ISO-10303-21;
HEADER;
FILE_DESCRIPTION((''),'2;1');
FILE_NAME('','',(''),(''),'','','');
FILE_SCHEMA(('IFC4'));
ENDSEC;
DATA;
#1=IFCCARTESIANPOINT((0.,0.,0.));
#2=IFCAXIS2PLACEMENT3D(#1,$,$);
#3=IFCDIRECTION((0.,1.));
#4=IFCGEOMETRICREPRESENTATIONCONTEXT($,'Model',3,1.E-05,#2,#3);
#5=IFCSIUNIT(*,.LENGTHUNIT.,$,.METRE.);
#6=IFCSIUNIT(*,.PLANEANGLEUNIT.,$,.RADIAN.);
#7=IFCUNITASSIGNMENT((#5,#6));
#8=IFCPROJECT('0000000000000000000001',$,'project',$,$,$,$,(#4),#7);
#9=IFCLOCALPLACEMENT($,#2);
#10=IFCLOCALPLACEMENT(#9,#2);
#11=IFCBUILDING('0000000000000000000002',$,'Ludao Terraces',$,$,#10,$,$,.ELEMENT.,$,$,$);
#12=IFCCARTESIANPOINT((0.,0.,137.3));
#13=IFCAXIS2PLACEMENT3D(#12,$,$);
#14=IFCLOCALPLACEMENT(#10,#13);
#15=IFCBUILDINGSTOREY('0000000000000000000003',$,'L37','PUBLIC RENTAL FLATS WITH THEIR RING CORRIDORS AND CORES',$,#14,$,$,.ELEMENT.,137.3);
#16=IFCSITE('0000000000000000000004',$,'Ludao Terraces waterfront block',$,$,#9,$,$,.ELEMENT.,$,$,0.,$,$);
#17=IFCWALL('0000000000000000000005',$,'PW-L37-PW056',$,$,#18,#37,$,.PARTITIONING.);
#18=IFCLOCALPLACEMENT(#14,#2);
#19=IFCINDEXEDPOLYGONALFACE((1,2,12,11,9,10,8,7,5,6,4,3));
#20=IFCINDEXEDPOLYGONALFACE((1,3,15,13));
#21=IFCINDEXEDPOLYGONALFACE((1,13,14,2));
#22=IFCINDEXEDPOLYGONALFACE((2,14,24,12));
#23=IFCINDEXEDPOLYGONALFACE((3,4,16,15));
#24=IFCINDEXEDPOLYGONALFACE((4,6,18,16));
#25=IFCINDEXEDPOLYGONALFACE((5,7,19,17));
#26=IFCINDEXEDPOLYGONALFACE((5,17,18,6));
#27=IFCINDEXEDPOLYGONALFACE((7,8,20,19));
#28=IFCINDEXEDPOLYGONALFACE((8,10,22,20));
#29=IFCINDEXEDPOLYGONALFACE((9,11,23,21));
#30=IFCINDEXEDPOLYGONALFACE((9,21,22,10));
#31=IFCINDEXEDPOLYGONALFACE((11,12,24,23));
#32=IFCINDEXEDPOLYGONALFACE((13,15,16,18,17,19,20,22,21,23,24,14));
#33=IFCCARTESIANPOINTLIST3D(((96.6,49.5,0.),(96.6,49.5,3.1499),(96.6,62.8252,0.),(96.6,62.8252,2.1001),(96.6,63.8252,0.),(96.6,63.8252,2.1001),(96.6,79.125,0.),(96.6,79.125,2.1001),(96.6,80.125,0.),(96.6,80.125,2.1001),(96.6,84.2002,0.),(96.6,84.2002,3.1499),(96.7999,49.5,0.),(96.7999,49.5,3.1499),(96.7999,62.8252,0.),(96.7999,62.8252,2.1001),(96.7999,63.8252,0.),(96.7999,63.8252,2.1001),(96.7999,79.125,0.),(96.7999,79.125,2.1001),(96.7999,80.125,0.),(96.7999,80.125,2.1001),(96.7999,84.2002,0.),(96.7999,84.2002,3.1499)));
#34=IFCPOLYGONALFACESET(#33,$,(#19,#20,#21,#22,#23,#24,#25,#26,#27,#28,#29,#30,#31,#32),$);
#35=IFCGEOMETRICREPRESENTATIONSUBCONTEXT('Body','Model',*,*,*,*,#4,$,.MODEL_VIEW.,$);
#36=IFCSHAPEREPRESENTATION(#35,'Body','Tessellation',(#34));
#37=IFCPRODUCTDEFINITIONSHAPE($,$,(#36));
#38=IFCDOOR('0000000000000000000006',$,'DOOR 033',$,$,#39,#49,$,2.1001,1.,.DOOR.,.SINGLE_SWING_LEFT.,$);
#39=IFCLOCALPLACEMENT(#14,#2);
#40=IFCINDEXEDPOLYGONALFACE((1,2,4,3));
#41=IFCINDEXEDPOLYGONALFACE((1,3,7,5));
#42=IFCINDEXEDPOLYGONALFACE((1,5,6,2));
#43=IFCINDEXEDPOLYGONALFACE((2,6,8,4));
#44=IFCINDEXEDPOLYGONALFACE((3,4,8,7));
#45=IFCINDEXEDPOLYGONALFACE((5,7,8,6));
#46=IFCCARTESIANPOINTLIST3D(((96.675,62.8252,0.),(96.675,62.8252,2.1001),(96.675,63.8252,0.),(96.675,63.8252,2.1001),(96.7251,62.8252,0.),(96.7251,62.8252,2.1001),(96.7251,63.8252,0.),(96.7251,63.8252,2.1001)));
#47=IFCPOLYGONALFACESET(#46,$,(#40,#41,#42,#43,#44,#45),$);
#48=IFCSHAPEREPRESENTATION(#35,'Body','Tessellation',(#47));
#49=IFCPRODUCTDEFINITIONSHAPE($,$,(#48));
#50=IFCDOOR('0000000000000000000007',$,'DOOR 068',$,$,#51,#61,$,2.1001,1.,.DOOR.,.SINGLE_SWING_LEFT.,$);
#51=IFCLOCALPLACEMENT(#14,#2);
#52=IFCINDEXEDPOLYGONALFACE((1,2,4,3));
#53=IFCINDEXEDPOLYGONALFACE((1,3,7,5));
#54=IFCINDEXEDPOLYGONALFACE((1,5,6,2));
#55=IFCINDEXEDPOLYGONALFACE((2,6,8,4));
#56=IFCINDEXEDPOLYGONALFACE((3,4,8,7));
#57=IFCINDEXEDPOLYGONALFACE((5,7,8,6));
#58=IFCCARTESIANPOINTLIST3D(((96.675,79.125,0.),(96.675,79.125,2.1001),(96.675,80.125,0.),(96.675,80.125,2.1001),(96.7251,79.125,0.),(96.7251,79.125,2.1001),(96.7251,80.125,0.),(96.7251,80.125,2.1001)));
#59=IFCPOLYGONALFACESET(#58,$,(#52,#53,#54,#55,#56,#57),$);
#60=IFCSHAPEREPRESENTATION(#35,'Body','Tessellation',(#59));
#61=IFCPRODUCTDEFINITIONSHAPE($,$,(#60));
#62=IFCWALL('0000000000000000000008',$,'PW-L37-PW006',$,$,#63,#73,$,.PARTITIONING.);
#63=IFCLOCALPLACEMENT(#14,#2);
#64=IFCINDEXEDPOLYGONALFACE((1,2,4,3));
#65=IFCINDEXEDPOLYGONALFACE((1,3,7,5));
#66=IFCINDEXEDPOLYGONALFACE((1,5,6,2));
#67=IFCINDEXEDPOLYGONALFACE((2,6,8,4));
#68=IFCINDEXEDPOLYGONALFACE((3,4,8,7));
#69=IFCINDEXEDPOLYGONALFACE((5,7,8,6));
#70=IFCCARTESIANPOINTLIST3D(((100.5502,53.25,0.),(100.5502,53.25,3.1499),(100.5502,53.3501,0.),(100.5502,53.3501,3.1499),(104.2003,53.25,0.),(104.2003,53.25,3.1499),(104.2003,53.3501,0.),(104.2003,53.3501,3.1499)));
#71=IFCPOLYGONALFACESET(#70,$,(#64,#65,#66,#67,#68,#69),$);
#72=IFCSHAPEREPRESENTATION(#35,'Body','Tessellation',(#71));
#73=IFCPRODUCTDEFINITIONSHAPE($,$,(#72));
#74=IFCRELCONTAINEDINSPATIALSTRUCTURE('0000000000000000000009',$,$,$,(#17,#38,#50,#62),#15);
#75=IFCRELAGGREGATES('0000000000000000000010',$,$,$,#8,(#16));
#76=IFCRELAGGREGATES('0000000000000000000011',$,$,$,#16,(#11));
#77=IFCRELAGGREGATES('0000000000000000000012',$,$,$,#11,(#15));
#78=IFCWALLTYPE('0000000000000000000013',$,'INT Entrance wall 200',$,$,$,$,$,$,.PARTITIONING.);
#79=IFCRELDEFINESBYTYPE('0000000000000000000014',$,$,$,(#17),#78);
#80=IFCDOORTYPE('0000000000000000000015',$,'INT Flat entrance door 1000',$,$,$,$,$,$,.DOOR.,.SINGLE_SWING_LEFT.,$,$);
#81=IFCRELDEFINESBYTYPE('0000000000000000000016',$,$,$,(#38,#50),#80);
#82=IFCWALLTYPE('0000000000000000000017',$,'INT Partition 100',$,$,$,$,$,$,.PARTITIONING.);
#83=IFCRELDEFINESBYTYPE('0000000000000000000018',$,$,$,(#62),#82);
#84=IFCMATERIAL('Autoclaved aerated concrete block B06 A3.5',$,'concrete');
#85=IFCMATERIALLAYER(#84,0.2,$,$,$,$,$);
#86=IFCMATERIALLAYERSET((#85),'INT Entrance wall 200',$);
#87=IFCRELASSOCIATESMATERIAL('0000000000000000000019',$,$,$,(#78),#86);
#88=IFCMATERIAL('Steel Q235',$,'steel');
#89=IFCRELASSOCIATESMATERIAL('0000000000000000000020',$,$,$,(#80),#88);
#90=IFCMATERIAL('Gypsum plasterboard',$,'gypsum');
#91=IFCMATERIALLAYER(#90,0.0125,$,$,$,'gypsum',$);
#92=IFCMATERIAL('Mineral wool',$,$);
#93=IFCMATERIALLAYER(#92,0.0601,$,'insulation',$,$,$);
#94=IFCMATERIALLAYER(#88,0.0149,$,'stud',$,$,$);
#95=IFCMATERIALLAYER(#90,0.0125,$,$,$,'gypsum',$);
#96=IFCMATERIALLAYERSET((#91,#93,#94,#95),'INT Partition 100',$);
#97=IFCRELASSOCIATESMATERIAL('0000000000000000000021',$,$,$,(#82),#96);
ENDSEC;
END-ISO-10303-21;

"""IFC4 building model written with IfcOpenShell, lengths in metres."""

from ifc_helpers import new_model, si_unit, direction, frame, frame_2d, origin, place, context, subcontext, project, spatial, rectangle, extrude, material, layer, layer_set, type_object, element, fill, save


model = new_model("IFC4")

# Units and contexts
model_context = context("Model", 3, precision=1e-05, world=origin(), true_north=direction((0.0, 1.0)))
body_context = subcontext(model_context, "Body", "Model", "MODEL_VIEW")
ifc_project = project(units=[si_unit("LENGTHUNIT", "METRE"), si_unit("PLANEANGLEUNIT", "RADIAN")], contexts=[model_context])

# Site, building, storey
site_placement = place(None, origin())
site = spatial("IfcSite", under=ifc_project, at=site_placement, Name="Ludao Terraces waterfront block", CompositionType="ELEMENT", RefElevation=0.0)
building_placement = place(site_placement, origin())
building = spatial("IfcBuilding", under=site, at=building_placement, Name="Ludao Terraces", CompositionType="ELEMENT")
storey_placement = place(building_placement, frame((0.0, 0.0, 137.3)))
storey = spatial("IfcBuildingStorey", under=building, at=storey_placement, Name="L37", Description="PUBLIC RENTAL FLATS WITH THEIR RING CORRIDORS AND CORES", CompositionType="ELEMENT", Elevation=137.3)

# Wall, openings, doors
ifc_material_1 = material(Name="Autoclaved aerated concrete block B06 A3.5", Category="concrete")
ifc_layer_1 = layer(ifc_material_1, 0.2)
ifc_layer_set_1 = layer_set([ifc_layer_1], Name="INT Entrance wall 200")
wall_type_1 = type_object("IfcWallType", Name="INT Entrance wall 200", PredefinedType="PARTITIONING", material=ifc_layer_set_1)
wall_1_placement = place(storey_placement, frame((96.7, 49.5, 0.0), z_axis=(0.0, 0.0, 1.0), x_axis=(0.0, 1.0, 0.0)))
wall_1 = element("IfcWall", 1, at=wall_1_placement, inside=storey, type_object=wall_type_1, Name="PW-L37-PW056", PredefinedType="PARTITIONING", context=body_context, shape_type="SweptSolid", body=[
    extrude(rectangle(XDim=34.7002, YDim=0.2, at=frame_2d((17.3501, 0.0))), origin(), (0.0, 0.0, 1.0), 3.1499),
])
opening_1_placement = place(wall_1_placement, frame((13.3252, 0.0, 0.0)))
opening_1 = element("IfcOpeningElement", 2, at=opening_1_placement, cuts=wall_1, PredefinedType="OPENING", context=body_context, shape_type="SweptSolid", body=[
    extrude(rectangle(XDim=1.0, YDim=2.1001, at=frame_2d((0.5, 1.05))), frame((0.0, 0.1099, 0.0), z_axis=(0.0, -1.0, 0.0), x_axis=(1.0, 0.0, 0.0)), (0.0, 0.0, 1.0), 0.22),
])
opening_2_placement = place(wall_1_placement, frame((29.625, 0.0, 0.0)))
opening_2 = element("IfcOpeningElement", 3, at=opening_2_placement, cuts=wall_1, PredefinedType="OPENING", context=body_context, shape_type="SweptSolid", body=[
    extrude(rectangle(XDim=1.0, YDim=2.1001, at=frame_2d((0.5, 1.05))), frame((0.0, 0.1099, 0.0), z_axis=(0.0, -1.0, 0.0), x_axis=(1.0, 0.0, 0.0)), (0.0, 0.0, 1.0), 0.22),
])
ifc_material_2 = material(Name="Steel Q235", Category="steel")
door_type_1 = type_object("IfcDoorType", Name="INT Flat entrance door 1000", OperationType="SINGLE_SWING_LEFT", PredefinedType="DOOR", material=ifc_material_2)
door_1_placement = place(opening_1_placement, origin())
door_1 = element("IfcDoor", 4, at=door_1_placement, inside=storey, type_object=door_type_1, Name="DOOR 033", OperationType="SINGLE_SWING_LEFT", OverallHeight=2.1001, OverallWidth=1.0, PredefinedType="DOOR", context=body_context, shape_type="SweptSolid", body=[
    extrude(rectangle(XDim=1.0, YDim=2.1001, at=frame_2d((0.5, 1.05))), frame((0.0, 0.0249, 0.0), z_axis=(0.0, -1.0, 0.0), x_axis=(1.0, 0.0, 0.0)), (0.0, 0.0, 1.0), 0.05),
])
fill(opening_1, door_1)
door_2_placement = place(opening_2_placement, origin())
door_2 = element("IfcDoor", 5, at=door_2_placement, inside=storey, type_object=door_type_1, Name="DOOR 068", OperationType="SINGLE_SWING_LEFT", OverallHeight=2.1001, OverallWidth=1.0, PredefinedType="DOOR", context=body_context, shape_type="SweptSolid", body=[
    extrude(rectangle(XDim=1.0, YDim=2.1001, at=frame_2d((0.5, 1.05))), frame((0.0, 0.0249, 0.0), z_axis=(0.0, -1.0, 0.0), x_axis=(1.0, 0.0, 0.0)), (0.0, 0.0, 1.0), 0.05),
])
fill(opening_2, door_2)

# Wall
ifc_material_3 = material(Name="Gypsum plasterboard", Category="gypsum")
ifc_layer_2 = layer(ifc_material_3, 0.0125, Category="gypsum")
ifc_material_4 = material(Name="Mineral wool")
ifc_layer_3 = layer(ifc_material_4, 0.0601, Name="insulation")
ifc_layer_4 = layer(ifc_material_2, 0.0149, Name="stud")
ifc_layer_5 = layer(ifc_material_3, 0.0125, Category="gypsum")
ifc_layer_set_2 = layer_set([ifc_layer_2, ifc_layer_3, ifc_layer_4, ifc_layer_5], Name="INT Partition 100")
wall_type_2 = type_object("IfcWallType", Name="INT Partition 100", PredefinedType="PARTITIONING", material=ifc_layer_set_2)
wall_2_placement = place(storey_placement, frame((100.55, 53.3, 0.0), z_axis=(0.0, 0.0, 1.0), x_axis=(1.0, 0.0, 0.0)))
element("IfcWall", 6, at=wall_2_placement, inside=storey, type_object=wall_type_2, Name="PW-L37-PW006", PredefinedType="PARTITIONING", context=body_context, shape_type="SweptSolid", body=[
    extrude(rectangle(XDim=3.6501, YDim=0.1001, at=frame_2d((1.8252, 0.0))), origin(), (0.0, 0.0, 1.0), 3.1499),
])

save(model, "model.ifc")
